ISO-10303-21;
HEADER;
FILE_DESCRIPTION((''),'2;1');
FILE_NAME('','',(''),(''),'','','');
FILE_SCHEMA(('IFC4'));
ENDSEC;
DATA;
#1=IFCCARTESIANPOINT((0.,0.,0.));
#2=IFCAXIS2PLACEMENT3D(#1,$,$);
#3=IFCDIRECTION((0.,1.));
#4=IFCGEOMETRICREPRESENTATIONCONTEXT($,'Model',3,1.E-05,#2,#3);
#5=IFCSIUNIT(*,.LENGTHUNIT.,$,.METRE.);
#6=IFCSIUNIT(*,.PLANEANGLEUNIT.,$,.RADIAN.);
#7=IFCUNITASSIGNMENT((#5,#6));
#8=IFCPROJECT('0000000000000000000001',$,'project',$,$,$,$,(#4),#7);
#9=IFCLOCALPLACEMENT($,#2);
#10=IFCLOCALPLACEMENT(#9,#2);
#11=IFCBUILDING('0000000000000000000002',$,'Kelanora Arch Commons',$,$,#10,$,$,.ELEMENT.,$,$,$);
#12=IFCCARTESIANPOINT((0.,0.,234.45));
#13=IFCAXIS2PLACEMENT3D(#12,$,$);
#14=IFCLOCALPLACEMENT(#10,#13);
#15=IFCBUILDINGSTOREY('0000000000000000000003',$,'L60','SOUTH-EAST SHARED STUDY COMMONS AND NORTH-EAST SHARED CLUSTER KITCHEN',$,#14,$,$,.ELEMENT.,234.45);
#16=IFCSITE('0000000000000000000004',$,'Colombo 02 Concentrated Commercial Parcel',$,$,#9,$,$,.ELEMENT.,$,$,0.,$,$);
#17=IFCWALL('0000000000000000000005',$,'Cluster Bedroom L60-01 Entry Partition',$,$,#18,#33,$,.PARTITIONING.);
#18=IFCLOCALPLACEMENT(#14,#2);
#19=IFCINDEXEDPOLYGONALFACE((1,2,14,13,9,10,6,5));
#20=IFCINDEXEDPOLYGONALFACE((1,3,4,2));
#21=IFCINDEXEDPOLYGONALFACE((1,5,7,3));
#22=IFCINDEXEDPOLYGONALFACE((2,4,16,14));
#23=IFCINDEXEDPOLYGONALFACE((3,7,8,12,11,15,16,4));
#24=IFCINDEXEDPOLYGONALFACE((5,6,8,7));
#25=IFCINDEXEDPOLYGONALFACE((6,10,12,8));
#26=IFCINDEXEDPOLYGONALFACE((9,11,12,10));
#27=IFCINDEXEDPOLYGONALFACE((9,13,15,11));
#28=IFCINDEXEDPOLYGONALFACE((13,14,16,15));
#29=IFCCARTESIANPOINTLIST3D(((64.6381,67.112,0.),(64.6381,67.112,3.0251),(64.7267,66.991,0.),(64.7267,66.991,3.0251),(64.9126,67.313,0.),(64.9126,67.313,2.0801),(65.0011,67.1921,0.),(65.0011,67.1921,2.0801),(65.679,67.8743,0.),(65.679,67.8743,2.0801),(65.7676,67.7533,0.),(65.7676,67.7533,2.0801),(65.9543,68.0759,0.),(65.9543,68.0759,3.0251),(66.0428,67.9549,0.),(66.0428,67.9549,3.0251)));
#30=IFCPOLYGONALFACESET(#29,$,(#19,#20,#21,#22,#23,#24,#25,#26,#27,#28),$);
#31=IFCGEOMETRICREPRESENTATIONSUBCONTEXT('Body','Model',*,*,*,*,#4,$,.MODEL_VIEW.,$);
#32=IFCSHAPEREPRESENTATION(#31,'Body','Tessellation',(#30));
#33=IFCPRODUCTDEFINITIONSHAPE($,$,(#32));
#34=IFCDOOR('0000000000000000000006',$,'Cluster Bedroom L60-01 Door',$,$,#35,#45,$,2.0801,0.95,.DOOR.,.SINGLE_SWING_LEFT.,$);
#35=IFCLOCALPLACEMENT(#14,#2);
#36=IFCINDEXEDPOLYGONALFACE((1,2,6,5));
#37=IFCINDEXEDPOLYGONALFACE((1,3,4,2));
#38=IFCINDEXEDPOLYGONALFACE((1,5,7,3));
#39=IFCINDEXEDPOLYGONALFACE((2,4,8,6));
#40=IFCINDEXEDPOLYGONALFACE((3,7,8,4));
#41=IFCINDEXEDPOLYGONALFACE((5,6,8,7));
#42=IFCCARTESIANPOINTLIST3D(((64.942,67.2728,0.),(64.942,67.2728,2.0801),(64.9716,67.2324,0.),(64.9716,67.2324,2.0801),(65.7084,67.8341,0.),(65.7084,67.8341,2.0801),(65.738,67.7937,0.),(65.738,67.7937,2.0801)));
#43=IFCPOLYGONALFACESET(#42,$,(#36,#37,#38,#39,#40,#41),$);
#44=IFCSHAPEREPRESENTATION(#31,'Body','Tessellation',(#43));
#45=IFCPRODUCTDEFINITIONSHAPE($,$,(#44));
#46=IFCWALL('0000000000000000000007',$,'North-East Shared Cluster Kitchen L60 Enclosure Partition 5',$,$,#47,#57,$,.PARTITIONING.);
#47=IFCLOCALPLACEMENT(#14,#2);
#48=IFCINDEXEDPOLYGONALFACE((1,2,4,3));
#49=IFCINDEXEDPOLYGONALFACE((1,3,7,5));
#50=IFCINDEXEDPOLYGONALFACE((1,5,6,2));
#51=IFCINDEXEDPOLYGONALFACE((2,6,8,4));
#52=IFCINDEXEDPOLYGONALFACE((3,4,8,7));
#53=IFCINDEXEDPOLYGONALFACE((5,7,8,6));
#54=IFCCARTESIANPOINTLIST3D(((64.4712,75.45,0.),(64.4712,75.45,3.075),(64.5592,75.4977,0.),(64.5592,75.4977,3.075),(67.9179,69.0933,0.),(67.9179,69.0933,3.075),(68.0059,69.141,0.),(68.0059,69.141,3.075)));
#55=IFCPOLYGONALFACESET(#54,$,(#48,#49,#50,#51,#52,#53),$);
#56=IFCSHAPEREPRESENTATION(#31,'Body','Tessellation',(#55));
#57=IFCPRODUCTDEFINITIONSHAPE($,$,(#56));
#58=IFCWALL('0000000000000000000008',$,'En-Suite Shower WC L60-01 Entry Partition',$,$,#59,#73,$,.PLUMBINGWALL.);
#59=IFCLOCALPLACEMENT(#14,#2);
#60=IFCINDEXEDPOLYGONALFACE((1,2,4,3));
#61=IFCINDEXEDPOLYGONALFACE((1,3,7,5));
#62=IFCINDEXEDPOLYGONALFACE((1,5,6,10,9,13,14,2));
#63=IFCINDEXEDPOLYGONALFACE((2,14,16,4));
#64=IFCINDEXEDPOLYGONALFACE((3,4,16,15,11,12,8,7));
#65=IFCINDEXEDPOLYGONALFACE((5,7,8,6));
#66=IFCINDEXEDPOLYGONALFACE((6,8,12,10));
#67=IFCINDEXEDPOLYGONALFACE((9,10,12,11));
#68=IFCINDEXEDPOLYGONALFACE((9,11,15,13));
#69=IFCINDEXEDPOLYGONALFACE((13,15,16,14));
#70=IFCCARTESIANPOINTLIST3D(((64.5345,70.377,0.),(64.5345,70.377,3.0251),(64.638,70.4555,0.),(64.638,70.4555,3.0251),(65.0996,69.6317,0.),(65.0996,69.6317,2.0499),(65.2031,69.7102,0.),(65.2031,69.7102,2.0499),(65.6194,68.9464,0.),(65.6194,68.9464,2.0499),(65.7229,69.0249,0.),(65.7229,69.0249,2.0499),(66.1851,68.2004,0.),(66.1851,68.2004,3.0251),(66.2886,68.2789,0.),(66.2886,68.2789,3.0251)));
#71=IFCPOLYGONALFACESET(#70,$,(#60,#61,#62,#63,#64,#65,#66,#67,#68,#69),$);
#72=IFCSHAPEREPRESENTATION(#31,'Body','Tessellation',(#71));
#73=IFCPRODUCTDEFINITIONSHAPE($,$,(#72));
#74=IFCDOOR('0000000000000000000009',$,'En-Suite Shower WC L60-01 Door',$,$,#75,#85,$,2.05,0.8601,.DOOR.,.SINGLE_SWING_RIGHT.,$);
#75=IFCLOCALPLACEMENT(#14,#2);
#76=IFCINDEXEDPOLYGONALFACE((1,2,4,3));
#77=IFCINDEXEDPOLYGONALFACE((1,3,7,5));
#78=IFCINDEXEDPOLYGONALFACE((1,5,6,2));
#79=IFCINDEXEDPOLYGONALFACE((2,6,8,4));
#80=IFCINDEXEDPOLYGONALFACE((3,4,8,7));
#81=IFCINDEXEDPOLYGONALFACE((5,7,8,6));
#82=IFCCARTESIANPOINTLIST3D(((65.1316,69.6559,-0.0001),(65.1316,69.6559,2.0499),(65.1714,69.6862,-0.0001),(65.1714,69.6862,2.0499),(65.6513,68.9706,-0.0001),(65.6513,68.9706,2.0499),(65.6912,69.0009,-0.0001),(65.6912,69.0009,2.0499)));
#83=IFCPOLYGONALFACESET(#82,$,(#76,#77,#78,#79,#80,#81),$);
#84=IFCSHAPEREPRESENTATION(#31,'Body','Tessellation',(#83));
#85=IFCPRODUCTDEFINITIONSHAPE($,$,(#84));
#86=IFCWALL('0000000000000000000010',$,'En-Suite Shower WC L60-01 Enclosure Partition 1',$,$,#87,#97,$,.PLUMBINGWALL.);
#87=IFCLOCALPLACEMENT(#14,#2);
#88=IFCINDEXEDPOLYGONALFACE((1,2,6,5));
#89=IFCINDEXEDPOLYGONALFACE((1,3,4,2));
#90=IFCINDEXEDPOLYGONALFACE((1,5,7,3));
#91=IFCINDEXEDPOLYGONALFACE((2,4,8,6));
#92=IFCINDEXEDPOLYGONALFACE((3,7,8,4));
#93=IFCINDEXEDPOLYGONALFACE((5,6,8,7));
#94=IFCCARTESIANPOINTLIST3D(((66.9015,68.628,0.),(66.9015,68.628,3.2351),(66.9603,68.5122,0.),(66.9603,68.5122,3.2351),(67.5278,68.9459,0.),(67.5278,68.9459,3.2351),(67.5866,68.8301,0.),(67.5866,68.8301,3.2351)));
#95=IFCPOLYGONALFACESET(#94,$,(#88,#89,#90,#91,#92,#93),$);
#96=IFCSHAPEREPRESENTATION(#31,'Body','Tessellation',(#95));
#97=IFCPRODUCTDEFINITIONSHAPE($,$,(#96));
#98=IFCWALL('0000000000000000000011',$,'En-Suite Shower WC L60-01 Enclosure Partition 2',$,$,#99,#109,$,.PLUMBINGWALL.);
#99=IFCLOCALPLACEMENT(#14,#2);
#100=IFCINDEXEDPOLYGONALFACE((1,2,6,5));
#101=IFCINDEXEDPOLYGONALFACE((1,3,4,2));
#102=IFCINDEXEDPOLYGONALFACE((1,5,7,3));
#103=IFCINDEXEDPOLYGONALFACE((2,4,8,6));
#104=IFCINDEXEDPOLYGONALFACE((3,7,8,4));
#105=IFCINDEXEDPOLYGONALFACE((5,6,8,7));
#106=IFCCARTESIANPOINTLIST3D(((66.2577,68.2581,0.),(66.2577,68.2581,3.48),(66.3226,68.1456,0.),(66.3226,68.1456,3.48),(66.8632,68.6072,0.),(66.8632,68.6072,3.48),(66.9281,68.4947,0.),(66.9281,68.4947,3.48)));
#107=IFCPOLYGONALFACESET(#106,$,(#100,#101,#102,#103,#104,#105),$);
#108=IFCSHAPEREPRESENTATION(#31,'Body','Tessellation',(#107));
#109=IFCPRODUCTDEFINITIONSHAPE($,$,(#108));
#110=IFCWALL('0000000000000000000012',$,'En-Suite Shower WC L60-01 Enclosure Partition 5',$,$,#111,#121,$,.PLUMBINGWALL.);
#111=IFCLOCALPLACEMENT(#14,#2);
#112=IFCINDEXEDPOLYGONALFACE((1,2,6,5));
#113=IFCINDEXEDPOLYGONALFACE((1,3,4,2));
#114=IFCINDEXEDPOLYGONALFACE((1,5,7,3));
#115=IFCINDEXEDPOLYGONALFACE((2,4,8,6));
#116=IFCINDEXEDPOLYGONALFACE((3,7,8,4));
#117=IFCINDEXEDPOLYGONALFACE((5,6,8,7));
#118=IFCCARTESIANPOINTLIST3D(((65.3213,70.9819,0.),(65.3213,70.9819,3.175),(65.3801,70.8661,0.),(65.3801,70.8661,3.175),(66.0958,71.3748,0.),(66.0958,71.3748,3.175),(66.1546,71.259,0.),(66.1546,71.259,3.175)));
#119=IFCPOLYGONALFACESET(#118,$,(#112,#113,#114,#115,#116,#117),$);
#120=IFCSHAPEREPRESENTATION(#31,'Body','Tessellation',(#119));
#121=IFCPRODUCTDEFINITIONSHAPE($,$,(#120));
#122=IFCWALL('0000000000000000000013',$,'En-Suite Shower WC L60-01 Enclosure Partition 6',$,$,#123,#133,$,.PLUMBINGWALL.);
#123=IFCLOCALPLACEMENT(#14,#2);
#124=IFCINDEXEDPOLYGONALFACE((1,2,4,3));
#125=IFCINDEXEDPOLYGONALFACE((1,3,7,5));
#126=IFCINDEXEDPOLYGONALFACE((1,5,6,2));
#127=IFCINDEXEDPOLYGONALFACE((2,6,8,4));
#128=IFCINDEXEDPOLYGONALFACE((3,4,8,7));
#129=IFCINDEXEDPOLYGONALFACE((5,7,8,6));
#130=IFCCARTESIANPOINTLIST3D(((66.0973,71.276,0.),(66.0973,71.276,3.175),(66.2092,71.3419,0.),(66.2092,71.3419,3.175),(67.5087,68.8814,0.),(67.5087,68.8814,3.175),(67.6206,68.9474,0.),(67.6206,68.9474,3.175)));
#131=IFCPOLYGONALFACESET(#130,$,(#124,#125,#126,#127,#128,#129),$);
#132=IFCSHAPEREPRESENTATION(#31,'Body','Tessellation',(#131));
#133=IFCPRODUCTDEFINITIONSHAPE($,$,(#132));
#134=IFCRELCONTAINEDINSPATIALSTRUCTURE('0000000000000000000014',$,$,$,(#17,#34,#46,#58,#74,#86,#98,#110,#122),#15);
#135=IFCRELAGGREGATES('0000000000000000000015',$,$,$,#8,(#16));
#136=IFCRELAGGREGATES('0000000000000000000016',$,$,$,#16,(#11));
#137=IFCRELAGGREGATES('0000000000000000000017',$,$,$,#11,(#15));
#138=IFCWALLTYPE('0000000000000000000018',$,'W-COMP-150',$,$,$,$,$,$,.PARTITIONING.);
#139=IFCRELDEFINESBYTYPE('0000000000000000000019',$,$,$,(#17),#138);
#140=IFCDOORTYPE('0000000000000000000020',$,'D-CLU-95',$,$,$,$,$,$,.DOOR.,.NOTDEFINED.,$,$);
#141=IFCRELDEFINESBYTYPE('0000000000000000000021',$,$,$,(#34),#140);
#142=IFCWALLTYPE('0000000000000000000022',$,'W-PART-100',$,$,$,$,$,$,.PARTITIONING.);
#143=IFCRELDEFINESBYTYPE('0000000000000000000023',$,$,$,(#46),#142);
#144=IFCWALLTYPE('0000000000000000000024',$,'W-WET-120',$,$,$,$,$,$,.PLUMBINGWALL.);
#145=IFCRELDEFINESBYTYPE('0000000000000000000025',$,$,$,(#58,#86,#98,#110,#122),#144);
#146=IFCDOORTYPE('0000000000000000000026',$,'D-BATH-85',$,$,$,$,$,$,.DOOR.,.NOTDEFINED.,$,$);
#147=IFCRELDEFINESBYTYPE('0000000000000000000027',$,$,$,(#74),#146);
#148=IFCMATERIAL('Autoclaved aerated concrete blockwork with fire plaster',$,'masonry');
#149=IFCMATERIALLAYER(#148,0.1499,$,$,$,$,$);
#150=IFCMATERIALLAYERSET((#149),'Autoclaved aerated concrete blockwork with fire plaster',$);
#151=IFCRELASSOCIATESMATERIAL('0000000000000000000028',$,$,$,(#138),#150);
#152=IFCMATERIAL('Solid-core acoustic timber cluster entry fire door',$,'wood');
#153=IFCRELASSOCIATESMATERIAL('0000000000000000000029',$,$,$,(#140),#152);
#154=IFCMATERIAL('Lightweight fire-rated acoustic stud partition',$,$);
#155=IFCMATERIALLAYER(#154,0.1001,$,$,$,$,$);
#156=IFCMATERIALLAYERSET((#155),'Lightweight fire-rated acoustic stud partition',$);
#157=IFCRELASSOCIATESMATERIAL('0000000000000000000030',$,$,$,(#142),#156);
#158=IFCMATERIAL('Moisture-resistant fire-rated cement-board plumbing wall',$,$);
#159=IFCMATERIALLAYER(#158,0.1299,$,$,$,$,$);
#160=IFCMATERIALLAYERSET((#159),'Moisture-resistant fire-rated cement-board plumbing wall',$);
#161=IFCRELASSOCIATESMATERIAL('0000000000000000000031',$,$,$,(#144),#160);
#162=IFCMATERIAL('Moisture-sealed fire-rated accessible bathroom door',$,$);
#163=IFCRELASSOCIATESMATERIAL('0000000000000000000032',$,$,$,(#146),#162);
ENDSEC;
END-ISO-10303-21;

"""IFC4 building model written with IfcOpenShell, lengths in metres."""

from ifc_helpers import new_model, si_unit, direction, frame, frame_2d, origin, place, context, subcontext, project, spatial, rectangle, extrude, material, layer, layer_set, type_object, element, fill, save


model = new_model("IFC4")

# Units and contexts
model_context = context("Model", 3, precision=1e-05, world=origin(), true_north=direction((0.0, 1.0)))
body_context = subcontext(model_context, "Body", "Model", "MODEL_VIEW")
ifc_project = project(units=[si_unit("LENGTHUNIT", "METRE"), si_unit("PLANEANGLEUNIT", "RADIAN")], contexts=[model_context])

# Site, building, storey
site_placement = place(None, origin())
site = spatial("IfcSite", under=ifc_project, at=site_placement, Name="Colombo 02 Concentrated Commercial Parcel", CompositionType="ELEMENT", RefElevation=0.0)
building_placement = place(site_placement, origin())
building = spatial("IfcBuilding", under=site, at=building_placement, Name="Kelanora Arch Commons", CompositionType="ELEMENT")
storey_placement = place(building_placement, frame((0.0, 0.0, 234.45)))
storey = spatial("IfcBuildingStorey", under=building, at=storey_placement, Name="L60", Description="SOUTH-EAST SHARED STUDY COMMONS AND NORTH-EAST SHARED CLUSTER KITCHEN", CompositionType="ELEMENT", Elevation=234.45)

# Wall, opening, door
ifc_material_1 = material(Name="Autoclaved aerated concrete blockwork with fire plaster", Category="masonry")
ifc_layer_1 = layer(ifc_material_1, 0.1499)
ifc_layer_set_1 = layer_set([ifc_layer_1], Name="Autoclaved aerated concrete blockwork with fire plaster")
wall_type_1 = type_object("IfcWallType", Name="W-COMP-150", PredefinedType="PARTITIONING", material=ifc_layer_set_1)
wall_1_placement = place(storey_placement, frame((65.9985, 68.0154, 0.0), z_axis=(0.0, 0.0, 1.0), x_axis=(-0.80679, -0.590838, 0.0)))
wall_1 = element("IfcWall", 1, at=wall_1_placement, inside=storey, type_object=wall_type_1, Name="Cluster Bedroom L60-01 Entry Partition", PredefinedType="PARTITIONING", context=body_context, shape_type="SweptSolid", body=[
    extrude(rectangle(XDim=1.6313, YDim=0.1499, at=frame_2d((0.8157, 0.0))), origin(), (0.0, 0.0, 1.0), 3.0251),
])
opening_1_placement = place(wall_1_placement, frame((0.3411, 0.0, 0.0)))
opening_1 = element("IfcOpeningElement", 2, at=opening_1_placement, cuts=wall_1, PredefinedType="OPENING", context=body_context, shape_type="SweptSolid", body=[
    extrude(rectangle(XDim=0.95, YDim=2.0801, at=frame_2d((0.4751, 1.04))), frame((0.0, 0.085, 0.0), z_axis=(0.0, -1.0, 0.0), x_axis=(1.0, 0.0, 0.0)), (0.0, 0.0, 1.0), 0.1699),
])
ifc_material_2 = material(Name="Solid-core acoustic timber cluster entry fire door", Category="wood")
door_type_1 = type_object("IfcDoorType", Name="D-CLU-95", OperationType="NOTDEFINED", PredefinedType="DOOR", material=ifc_material_2)
door_1_placement = place(opening_1_placement, origin())
door_1 = element("IfcDoor", 3, at=door_1_placement, inside=storey, type_object=door_type_1, Name="Cluster Bedroom L60-01 Door", OperationType="SINGLE_SWING_LEFT", OverallHeight=2.0801, OverallWidth=0.95, PredefinedType="DOOR", context=body_context, shape_type="SweptSolid", body=[
    extrude(rectangle(XDim=0.95, YDim=2.0801, at=frame_2d((0.4751, 1.04))), frame((0.0, 0.0249, 0.0), z_axis=(0.0, -1.0, 0.0), x_axis=(1.0, 0.0, 0.0)), (0.0, 0.0, 1.0), 0.05),
])
fill(opening_1, door_1)

# Wall
ifc_material_3 = material(Name="Lightweight fire-rated acoustic stud partition")
ifc_layer_2 = layer(ifc_material_3, 0.1001)
ifc_layer_set_2 = layer_set([ifc_layer_2], Name="Lightweight fire-rated acoustic stud partition")
wall_type_2 = type_object("IfcWallType", Name="W-PART-100", PredefinedType="PARTITIONING", material=ifc_layer_set_2)
wall_2_placement = place(storey_placement, frame((67.9619, 69.1172, 0.0), z_axis=(0.0, 0.0, 1.0), x_axis=(-0.476665, 0.879085, 0.0)))
element("IfcWall", 4, at=wall_2_placement, inside=storey, type_object=wall_type_2, Name="North-East Shared Cluster Kitchen L60 Enclosure Partition 5", PredefinedType="PARTITIONING", context=body_context, shape_type="SweptSolid", body=[
    extrude(rectangle(XDim=7.231, YDim=0.1001, at=frame_2d((3.6155, 0.0))), origin(), (0.0, 0.0, 1.0), 3.075),
])

# Wall, opening, door
ifc_material_4 = material(Name="Moisture-resistant fire-rated cement-board plumbing wall")
ifc_layer_3 = layer(ifc_material_4, 0.1299)
ifc_layer_set_3 = layer_set([ifc_layer_3], Name="Moisture-resistant fire-rated cement-board plumbing wall")
wall_type_3 = type_object("IfcWallType", Name="W-WET-120", PredefinedType="PLUMBINGWALL", material=ifc_layer_set_3)
wall_3_placement = place(storey_placement, frame((66.2368, 68.2397, 0.0), z_axis=(0.0, 0.0, 1.0), x_axis=(-0.604267, 0.796782, 0.0)))
wall_3 = element("IfcWall", 5, at=wall_3_placement, inside=storey, type_object=wall_type_3, Name="En-Suite Shower WC L60-01 Entry Partition", PredefinedType="PLUMBINGWALL", context=body_context, shape_type="SweptSolid", body=[
    extrude(rectangle(XDim=2.7317, YDim=0.1299, at=frame_2d((1.3657, 0.0))), origin(), (0.0, 0.0, 1.0), 3.0251),
])
opening_2_placement = place(wall_3_placement, frame((0.936, 0.0, 0.0)))
opening_2 = element("IfcOpeningElement", 6, at=opening_2_placement, cuts=wall_3, PredefinedType="OPENING", context=body_context, shape_type="SweptSolid", body=[
    extrude(rectangle(XDim=0.8601, YDim=2.05, at=frame_2d((0.4302, 1.0249))), frame((0.0, 0.075, 0.0), z_axis=(0.0, -1.0, 0.0), x_axis=(1.0, 0.0, 0.0)), (0.0, 0.0, 1.0), 0.1499),
])
ifc_material_5 = material(Name="Moisture-sealed fire-rated accessible bathroom door")
door_type_2 = type_object("IfcDoorType", Name="D-BATH-85", OperationType="NOTDEFINED", PredefinedType="DOOR", material=ifc_material_5)
door_2_placement = place(opening_2_placement, origin())
door_2 = element("IfcDoor", 7, at=door_2_placement, inside=storey, type_object=door_type_2, Name="En-Suite Shower WC L60-01 Door", OperationType="SINGLE_SWING_RIGHT", OverallHeight=2.05, OverallWidth=0.8601, PredefinedType="DOOR", context=body_context, shape_type="SweptSolid", body=[
    extrude(rectangle(XDim=0.8601, YDim=2.05, at=frame_2d((0.4302, 1.0249))), frame((0.0, 0.0249, 0.0), z_axis=(0.0, -1.0, 0.0), x_axis=(1.0, 0.0, 0.0)), (0.0, 0.0, 1.0), 0.05),
])
fill(opening_2, door_2)

# Walls
wall_4_placement = place(storey_placement, frame((67.5571, 68.8879, 0.0), z_axis=(0.0, 0.0, 1.0), x_axis=(-0.891699, -0.452629, 0.0)))
element("IfcWall", 8, at=wall_4_placement, inside=storey, type_object=wall_type_3, Name="En-Suite Shower WC L60-01 Enclosure Partition 1", PredefinedType="PLUMBINGWALL", context=body_context, shape_type="SweptSolid", body=[
    extrude(rectangle(XDim=0.7024, YDim=0.1299, at=frame_2d((0.3511, 0.0))), origin(), (0.0, 0.0, 1.0), 3.2351),
])
wall_5_placement = place(storey_placement, frame((66.8958, 68.551, 0.0), z_axis=(0.0, 0.0, 1.0), x_axis=(-0.866302, -0.499521, 0.0)))
element("IfcWall", 9, at=wall_5_placement, inside=storey, type_object=wall_type_3, Name="En-Suite Shower WC L60-01 Enclosure Partition 2", PredefinedType="PLUMBINGWALL", context=body_context, shape_type="SweptSolid", body=[
    extrude(rectangle(XDim=0.699, YDim=0.1299, at=frame_2d((0.3496, 0.0))), origin(), (0.0, 0.0, 1.0), 3.48),
])
wall_6_placement = place(storey_placement, frame((65.3508, 70.9241, 0.0), z_axis=(0.0, 0.0, 1.0), x_axis=(0.891826, 0.452379, 0.0)))
element("IfcWall", 10, at=wall_6_placement, inside=storey, type_object=wall_type_3, Name="En-Suite Shower WC L60-01 Enclosure Partition 5", PredefinedType="PLUMBINGWALL", context=body_context, shape_type="SweptSolid", body=[
    extrude(rectangle(XDim=0.8684, YDim=0.1299, at=frame_2d((0.4341, 0.0))), origin(), (0.0, 0.0, 1.0), 3.175),
])
wall_7_placement = place(storey_placement, frame((66.1533, 71.3088, 0.0), z_axis=(0.0, 0.0, 1.0), x_axis=(0.507776, -0.861489, 0.0)))
element("IfcWall", 11, at=wall_7_placement, inside=storey, type_object=wall_type_3, Name="En-Suite Shower WC L60-01 Enclosure Partition 6", PredefinedType="PLUMBINGWALL", context=body_context, shape_type="SweptSolid", body=[
    extrude(rectangle(XDim=2.7795, YDim=0.1299, at=frame_2d((1.3896, 0.0))), origin(), (0.0, 0.0, 1.0), 3.175),
])

save(model, "model.ifc")
